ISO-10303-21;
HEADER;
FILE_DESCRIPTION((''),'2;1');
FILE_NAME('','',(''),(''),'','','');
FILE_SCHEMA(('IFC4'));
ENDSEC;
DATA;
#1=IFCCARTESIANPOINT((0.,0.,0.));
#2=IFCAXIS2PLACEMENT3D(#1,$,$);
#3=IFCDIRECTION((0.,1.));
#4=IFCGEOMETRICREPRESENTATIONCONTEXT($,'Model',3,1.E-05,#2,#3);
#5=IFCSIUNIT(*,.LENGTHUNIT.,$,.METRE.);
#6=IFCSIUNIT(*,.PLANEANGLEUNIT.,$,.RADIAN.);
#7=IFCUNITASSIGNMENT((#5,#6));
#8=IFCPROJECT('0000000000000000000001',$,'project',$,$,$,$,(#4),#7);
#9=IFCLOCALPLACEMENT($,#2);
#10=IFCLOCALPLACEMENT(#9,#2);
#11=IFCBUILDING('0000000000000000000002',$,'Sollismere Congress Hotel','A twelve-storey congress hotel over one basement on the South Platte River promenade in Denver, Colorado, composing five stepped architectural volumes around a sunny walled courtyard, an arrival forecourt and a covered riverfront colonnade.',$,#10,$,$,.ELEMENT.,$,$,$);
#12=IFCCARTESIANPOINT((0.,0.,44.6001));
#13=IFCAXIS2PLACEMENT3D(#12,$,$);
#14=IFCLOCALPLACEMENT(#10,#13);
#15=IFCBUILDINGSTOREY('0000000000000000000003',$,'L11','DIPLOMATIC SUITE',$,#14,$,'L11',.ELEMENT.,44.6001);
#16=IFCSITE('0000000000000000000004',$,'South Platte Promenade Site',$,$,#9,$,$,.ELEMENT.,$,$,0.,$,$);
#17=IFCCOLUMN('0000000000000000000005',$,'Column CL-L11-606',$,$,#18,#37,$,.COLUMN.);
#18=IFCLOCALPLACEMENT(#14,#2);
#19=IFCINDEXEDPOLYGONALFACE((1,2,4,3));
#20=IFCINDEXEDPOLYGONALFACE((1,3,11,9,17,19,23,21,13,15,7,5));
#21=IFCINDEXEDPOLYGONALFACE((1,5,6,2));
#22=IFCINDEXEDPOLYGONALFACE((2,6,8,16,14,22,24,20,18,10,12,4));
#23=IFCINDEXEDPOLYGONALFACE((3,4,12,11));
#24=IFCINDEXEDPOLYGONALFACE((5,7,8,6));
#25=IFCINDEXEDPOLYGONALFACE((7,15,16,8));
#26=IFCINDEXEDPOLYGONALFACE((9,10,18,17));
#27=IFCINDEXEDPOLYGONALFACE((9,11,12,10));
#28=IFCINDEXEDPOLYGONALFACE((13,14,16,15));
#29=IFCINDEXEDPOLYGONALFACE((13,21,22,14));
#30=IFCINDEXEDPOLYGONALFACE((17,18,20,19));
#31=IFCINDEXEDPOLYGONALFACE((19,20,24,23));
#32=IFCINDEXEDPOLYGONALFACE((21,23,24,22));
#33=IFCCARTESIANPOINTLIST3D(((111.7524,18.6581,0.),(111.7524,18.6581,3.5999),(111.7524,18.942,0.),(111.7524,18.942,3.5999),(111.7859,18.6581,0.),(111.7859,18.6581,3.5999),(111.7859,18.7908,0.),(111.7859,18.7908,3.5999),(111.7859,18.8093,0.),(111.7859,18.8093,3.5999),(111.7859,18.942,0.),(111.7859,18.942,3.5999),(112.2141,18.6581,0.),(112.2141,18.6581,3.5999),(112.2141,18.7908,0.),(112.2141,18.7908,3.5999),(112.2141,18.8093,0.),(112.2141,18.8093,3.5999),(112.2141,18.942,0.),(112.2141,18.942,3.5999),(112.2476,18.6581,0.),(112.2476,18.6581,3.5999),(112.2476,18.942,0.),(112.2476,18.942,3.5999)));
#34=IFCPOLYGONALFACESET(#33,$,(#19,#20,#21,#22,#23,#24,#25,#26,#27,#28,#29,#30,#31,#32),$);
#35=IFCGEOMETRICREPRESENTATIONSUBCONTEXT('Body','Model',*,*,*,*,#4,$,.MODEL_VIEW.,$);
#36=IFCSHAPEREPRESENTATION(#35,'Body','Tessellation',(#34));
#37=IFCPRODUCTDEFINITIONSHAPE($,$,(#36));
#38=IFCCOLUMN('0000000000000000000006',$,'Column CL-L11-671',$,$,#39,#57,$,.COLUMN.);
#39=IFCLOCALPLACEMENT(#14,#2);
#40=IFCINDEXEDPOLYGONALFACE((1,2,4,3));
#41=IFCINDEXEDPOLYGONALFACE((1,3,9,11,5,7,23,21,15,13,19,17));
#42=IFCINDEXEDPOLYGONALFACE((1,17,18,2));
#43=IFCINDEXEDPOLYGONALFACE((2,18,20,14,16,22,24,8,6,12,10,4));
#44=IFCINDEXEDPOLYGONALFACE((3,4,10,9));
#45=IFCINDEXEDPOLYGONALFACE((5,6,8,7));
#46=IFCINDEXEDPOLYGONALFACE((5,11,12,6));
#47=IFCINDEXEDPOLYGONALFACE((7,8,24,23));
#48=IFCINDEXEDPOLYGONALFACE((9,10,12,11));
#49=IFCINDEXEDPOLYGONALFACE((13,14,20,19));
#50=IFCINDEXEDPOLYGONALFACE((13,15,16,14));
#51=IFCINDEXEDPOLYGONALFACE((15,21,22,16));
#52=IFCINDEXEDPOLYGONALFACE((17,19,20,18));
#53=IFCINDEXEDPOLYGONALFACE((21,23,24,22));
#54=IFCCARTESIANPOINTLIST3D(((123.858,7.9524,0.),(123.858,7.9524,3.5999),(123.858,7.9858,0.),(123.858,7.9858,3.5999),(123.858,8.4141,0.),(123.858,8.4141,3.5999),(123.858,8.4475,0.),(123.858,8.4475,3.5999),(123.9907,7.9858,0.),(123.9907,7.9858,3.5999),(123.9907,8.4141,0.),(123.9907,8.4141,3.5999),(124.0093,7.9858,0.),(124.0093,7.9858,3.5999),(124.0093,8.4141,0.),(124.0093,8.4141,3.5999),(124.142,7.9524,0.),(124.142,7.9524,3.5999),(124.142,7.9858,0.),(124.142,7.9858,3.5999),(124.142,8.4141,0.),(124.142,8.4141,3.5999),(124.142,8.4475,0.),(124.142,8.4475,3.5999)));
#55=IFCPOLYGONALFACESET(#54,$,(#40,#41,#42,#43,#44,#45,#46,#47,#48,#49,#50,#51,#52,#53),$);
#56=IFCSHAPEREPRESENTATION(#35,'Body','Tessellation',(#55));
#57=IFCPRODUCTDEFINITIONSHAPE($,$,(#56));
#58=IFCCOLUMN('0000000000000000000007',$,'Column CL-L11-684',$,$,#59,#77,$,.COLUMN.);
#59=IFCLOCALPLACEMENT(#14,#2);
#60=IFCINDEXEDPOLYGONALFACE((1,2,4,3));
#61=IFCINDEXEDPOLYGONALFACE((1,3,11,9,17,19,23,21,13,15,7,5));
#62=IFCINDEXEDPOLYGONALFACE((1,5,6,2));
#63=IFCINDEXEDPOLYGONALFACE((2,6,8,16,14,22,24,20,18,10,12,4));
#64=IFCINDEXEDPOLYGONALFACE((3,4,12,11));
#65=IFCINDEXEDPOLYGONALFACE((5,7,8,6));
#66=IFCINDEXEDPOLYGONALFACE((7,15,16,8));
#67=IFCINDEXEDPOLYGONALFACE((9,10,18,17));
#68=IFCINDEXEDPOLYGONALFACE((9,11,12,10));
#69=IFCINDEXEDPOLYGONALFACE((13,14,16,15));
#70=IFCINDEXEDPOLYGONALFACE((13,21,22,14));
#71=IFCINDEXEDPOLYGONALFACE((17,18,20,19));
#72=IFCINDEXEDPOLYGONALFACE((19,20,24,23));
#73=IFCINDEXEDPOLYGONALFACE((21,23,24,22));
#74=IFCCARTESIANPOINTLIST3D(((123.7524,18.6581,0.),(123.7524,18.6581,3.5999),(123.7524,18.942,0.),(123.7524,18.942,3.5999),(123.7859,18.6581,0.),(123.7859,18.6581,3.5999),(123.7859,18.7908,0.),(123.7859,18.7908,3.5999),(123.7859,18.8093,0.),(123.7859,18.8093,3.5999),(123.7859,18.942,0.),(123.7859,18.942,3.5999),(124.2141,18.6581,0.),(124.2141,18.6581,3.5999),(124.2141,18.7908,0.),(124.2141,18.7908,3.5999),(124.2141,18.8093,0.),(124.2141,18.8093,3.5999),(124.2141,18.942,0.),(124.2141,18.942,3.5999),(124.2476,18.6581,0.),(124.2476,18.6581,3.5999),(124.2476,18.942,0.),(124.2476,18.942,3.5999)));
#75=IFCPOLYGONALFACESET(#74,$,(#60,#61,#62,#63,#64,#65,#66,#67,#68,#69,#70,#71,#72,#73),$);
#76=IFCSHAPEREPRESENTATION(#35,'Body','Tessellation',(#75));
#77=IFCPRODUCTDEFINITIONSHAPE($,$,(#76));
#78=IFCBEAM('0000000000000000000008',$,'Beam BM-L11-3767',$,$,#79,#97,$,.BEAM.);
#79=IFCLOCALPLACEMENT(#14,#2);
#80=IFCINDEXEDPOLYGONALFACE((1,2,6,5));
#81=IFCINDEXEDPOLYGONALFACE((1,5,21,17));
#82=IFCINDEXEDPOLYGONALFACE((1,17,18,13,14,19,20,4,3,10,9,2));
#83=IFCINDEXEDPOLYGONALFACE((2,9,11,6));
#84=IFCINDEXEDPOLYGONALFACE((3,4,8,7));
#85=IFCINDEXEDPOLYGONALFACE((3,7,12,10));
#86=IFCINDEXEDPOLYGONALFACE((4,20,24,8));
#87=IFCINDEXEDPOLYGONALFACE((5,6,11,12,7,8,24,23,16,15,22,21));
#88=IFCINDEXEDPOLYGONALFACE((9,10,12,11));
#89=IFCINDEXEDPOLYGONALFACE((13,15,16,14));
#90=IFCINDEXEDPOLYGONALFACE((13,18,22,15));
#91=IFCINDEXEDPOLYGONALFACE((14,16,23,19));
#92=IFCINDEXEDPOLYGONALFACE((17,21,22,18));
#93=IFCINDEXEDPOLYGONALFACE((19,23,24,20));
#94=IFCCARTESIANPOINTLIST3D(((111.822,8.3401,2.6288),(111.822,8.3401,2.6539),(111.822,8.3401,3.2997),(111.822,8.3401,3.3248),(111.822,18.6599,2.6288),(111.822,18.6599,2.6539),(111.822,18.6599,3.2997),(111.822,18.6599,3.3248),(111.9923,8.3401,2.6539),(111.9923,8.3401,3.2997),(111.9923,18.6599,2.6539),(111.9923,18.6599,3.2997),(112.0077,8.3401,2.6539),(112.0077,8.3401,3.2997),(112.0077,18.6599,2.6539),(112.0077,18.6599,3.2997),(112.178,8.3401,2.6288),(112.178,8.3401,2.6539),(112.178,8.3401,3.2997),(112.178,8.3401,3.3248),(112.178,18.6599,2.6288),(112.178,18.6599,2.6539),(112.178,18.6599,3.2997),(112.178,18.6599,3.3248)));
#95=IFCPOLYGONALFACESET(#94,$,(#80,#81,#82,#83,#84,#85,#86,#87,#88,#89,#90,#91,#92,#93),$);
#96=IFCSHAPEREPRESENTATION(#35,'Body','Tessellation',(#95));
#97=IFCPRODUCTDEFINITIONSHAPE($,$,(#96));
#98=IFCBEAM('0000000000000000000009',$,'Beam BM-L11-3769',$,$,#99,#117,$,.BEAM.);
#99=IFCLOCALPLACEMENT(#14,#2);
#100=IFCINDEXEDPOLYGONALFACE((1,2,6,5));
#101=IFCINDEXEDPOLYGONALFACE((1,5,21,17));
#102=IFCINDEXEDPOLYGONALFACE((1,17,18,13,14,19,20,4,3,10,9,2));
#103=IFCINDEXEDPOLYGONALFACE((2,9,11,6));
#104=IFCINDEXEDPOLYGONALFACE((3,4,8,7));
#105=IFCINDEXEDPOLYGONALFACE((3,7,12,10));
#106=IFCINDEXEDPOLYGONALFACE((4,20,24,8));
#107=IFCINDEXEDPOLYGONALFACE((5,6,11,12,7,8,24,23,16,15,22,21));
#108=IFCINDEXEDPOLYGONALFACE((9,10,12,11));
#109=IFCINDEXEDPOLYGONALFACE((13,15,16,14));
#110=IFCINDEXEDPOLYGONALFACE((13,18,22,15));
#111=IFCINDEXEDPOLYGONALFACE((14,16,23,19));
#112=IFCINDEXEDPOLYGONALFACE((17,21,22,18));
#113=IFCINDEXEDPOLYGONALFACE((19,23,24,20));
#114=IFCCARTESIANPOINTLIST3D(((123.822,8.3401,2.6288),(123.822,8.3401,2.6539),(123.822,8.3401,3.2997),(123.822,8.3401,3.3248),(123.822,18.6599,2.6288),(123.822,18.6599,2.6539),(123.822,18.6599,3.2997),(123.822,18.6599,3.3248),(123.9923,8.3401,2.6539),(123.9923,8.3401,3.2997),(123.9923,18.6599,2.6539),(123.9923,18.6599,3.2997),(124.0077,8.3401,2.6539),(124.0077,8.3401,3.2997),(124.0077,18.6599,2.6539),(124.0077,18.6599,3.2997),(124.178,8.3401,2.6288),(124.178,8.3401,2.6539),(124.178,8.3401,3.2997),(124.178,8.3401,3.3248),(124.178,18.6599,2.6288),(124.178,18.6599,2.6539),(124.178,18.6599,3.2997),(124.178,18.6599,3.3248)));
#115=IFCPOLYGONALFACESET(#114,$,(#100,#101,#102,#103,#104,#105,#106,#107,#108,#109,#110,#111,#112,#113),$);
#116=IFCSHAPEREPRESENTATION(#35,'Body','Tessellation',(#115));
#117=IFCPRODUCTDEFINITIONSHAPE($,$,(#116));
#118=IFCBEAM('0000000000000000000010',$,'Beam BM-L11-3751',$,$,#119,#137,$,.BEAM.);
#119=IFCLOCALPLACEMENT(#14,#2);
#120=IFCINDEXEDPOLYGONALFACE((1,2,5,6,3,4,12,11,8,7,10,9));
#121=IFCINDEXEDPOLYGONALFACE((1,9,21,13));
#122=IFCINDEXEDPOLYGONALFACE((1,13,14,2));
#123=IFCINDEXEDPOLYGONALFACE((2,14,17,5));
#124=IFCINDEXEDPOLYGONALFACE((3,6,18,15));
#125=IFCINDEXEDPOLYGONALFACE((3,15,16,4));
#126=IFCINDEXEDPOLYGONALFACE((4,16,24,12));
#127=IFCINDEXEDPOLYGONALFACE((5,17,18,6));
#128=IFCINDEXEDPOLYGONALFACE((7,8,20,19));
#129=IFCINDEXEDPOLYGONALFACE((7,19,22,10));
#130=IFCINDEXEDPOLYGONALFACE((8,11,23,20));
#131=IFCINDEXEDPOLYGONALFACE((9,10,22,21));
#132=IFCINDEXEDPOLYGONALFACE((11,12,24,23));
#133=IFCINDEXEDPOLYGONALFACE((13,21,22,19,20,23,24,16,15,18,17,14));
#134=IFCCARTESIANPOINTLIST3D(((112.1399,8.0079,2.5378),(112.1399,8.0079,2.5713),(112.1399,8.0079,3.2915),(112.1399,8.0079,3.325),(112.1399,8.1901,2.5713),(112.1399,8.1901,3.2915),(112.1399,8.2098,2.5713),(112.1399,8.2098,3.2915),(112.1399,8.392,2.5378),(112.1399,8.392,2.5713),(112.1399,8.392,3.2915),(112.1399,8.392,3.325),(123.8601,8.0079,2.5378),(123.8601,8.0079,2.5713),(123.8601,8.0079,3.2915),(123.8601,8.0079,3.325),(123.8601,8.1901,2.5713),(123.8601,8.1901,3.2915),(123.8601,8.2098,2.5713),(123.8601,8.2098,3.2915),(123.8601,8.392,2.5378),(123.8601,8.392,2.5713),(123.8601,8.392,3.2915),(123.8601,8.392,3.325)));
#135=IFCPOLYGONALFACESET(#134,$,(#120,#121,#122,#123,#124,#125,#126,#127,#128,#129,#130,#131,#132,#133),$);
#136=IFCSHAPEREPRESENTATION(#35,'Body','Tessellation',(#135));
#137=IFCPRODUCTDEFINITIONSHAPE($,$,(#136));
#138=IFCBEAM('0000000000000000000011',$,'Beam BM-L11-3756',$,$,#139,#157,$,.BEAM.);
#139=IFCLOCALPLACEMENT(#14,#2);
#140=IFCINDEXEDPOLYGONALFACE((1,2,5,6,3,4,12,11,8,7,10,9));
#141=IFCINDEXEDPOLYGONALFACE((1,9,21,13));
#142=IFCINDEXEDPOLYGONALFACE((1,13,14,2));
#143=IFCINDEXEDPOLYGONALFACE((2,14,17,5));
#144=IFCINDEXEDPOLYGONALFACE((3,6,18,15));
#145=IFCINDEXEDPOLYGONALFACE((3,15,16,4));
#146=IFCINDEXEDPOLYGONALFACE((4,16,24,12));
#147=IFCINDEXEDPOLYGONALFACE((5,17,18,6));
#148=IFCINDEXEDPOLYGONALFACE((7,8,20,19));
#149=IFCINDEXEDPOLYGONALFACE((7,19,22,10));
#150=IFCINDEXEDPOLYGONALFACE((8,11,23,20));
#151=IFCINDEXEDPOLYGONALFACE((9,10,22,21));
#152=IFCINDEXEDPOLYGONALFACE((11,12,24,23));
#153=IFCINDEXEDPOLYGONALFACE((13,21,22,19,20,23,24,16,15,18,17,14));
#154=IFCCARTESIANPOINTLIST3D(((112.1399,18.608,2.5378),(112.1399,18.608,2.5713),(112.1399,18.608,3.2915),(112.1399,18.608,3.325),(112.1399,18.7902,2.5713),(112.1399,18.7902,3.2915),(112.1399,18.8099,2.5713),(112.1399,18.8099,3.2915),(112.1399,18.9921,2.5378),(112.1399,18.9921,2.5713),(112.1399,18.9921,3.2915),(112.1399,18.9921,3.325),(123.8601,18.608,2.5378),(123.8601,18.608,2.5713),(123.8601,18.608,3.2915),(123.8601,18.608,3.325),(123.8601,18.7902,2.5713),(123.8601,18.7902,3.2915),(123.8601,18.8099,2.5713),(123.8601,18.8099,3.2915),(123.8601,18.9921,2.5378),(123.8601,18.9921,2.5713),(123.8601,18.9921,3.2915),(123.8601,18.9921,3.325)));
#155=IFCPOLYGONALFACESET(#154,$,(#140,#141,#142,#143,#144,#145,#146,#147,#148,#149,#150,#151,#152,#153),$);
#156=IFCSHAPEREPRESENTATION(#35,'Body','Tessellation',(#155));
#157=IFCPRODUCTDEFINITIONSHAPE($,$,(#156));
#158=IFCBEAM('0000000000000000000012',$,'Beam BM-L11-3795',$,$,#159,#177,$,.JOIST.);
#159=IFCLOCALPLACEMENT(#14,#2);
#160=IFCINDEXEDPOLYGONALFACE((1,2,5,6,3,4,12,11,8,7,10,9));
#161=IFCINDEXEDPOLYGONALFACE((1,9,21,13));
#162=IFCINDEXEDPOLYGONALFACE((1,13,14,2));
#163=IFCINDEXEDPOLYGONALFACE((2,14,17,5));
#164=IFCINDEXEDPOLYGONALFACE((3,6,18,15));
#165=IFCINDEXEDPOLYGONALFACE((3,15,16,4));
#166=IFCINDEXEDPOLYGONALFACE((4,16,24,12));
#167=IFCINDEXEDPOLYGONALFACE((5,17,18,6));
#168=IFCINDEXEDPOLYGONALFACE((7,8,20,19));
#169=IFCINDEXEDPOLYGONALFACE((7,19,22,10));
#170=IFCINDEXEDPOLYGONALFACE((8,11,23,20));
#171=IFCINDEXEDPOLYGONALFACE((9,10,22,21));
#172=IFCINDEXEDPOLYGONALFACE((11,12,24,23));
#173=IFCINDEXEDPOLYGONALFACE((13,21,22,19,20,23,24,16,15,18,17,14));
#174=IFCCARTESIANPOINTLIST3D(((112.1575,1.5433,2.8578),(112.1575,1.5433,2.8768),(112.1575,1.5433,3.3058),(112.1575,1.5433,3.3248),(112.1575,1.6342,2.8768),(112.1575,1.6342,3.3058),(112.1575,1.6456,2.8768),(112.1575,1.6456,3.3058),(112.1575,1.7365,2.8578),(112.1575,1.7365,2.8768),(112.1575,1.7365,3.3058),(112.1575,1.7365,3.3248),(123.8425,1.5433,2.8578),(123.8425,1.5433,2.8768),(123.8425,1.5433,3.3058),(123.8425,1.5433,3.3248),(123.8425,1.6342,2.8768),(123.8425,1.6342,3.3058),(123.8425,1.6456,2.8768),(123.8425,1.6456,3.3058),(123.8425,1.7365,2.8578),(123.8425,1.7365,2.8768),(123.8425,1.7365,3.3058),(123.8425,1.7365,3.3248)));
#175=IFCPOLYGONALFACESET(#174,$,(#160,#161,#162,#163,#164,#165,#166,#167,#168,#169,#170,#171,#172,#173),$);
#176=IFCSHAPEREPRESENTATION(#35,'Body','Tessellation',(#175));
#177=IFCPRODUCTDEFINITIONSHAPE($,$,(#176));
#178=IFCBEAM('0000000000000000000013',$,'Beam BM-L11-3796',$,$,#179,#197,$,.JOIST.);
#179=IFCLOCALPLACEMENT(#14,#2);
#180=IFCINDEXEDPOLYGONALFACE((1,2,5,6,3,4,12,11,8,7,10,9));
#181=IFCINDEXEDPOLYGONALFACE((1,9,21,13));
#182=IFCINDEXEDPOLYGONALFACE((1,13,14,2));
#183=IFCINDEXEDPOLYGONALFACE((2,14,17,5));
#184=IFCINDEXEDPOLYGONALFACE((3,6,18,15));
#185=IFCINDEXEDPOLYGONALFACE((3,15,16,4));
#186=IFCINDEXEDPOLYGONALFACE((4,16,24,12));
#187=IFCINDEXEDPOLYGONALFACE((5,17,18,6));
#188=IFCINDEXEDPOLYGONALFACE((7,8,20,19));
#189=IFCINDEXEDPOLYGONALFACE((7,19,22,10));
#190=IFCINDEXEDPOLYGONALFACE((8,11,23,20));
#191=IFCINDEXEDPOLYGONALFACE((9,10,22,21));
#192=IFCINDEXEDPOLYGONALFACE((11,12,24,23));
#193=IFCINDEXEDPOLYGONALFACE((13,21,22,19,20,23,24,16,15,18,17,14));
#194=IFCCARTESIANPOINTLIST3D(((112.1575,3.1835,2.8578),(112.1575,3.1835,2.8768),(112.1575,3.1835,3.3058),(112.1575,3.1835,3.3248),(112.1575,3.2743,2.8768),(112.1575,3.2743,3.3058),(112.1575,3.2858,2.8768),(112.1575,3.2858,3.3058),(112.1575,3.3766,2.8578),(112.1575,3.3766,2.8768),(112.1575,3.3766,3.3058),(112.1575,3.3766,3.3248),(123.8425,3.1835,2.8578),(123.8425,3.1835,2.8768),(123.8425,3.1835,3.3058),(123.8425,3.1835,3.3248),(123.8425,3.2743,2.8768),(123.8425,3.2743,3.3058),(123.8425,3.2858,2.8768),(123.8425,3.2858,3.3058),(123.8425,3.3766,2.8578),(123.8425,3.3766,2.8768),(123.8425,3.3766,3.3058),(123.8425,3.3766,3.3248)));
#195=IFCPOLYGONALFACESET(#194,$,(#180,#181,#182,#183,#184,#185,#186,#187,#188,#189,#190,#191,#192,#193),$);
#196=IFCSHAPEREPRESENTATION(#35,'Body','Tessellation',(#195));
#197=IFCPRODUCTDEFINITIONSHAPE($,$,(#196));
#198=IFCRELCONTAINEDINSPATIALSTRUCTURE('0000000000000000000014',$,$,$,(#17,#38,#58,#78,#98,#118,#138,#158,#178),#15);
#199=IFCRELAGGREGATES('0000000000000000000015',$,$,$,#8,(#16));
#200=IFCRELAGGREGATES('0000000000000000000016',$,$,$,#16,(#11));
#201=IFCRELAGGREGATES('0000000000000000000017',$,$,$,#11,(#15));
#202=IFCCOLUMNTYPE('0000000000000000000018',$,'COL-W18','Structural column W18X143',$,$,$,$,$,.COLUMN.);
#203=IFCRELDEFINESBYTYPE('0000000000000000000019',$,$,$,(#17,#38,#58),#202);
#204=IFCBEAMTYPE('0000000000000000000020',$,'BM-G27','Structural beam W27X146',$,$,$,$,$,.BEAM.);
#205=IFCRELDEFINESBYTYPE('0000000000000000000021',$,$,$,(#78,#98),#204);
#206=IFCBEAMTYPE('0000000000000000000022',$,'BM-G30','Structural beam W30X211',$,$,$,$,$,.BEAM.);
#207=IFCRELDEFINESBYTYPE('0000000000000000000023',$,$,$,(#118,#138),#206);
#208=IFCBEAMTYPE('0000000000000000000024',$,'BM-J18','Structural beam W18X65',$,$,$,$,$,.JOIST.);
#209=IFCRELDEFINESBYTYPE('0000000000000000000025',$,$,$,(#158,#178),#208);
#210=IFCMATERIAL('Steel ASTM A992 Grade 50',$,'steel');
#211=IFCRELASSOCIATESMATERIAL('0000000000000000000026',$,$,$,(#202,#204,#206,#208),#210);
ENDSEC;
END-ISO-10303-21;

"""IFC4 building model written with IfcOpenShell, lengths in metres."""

from ifc_helpers import new_model, si_unit, direction, frame, origin, origin_2d, place, context, subcontext, project, spatial, i_section, extrude, material, material_profile, profile_set, type_object, element, save


model = new_model("IFC4")

# Units and contexts
model_context = context("Model", 3, precision=1e-05, world=origin(), true_north=direction((0.0, 1.0)))
body_context = subcontext(model_context, "Body", "Model", "MODEL_VIEW")
ifc_project = project(units=[si_unit("LENGTHUNIT", "METRE"), si_unit("PLANEANGLEUNIT", "RADIAN")], contexts=[model_context])

# Site, building, storey
site_placement = place(None, origin())
site = spatial("IfcSite", under=ifc_project, at=site_placement, Name="South Platte Promenade Site", CompositionType="ELEMENT", RefElevation=0.0)
building_placement = place(site_placement, origin())
building = spatial("IfcBuilding", under=site, at=building_placement, Name="Sollismere Congress Hotel", Description="A twelve-storey congress hotel over one basement on the South Platte River promenade in Denver, Colorado, composing five stepped architectural volumes around a sunny walled courtyard, an arrival forecourt and a covered riverfront colonnade.", CompositionType="ELEMENT")
storey_placement = place(building_placement, frame((0.0, 0.0, 44.6001)))
storey = spatial("IfcBuildingStorey", under=building, at=storey_placement, Name="L11", Description="DIPLOMATIC SUITE", LongName="L11", CompositionType="ELEMENT", Elevation=44.6001)

# Columns
ifc_material_1 = material(Name="Steel ASTM A992 Grade 50", Category="steel")
ifc_material_profile_1 = material_profile(ifc_material_1, i_section(OverallWidth=0.2839, OverallDepth=0.4951, WebThickness=0.0186, FlangeThickness=0.0334, at=origin_2d()), Name="W18X143")
ifc_profile_set_1 = profile_set([ifc_material_profile_1], Name="Steel ASTM A992 Grade 50")
column_type = type_object("IfcColumnType", Name="COL-W18", Description="Structural column W18X143", PredefinedType="COLUMN", material=ifc_profile_set_1)
for number, where, z_axis, x_axis, name in (
    (1, (112.0, 18.8, 0.0), (0.0, 0.0, 1.0), (0.0, 1.0, 0.0), "Column CL-L11-606"),
    (2, (124.0, 8.2, 0.0), (0.0, 0.0, 1.0), (1.0, 0.0, 0.0), "Column CL-L11-671"),
    (3, (124.0, 18.8, 0.0), (0.0, 0.0, 1.0), (0.0, 1.0, 0.0), "Column CL-L11-684"),
):
    element("IfcColumn", number, at=place(storey_placement, frame(where, z_axis=z_axis, x_axis=x_axis)), inside=storey, type_object=column_type, Name=name, PredefinedType="COLUMN", context=body_context, shape_type="SweptSolid", body=[
        extrude(i_section(OverallWidth=0.2839, OverallDepth=0.4951, WebThickness=0.0186, FlangeThickness=0.0334, at=origin_2d()), origin(), (0.0, 0.0, 1.0), 3.5999),
    ])

# Beams
ifc_material_profile_2 = material_profile(ifc_material_1, i_section(OverallWidth=0.356, OverallDepth=0.696, WebThickness=0.0154, FlangeThickness=0.0251, at=origin_2d()), Name="W27X146")
ifc_profile_set_2 = profile_set([ifc_material_profile_2], Name="Steel ASTM A992 Grade 50")
beam_type_1 = type_object("IfcBeamType", Name="BM-G27", Description="Structural beam W27X146", PredefinedType="BEAM", material=ifc_profile_set_2)
for number, where, z_axis, x_axis, name in (
    (4, (112.0, 8.3401, 2.9768), (0.0, 1.0, 0.0), (-1.0, 0.0, 0.0), "Beam BM-L11-3767"),
    (5, (124.0, 8.3401, 2.9768), (0.0, 1.0, 0.0), (-1.0, 0.0, 0.0), "Beam BM-L11-3769"),
):
    element("IfcBeam", number, at=place(storey_placement, frame(where, z_axis=z_axis, x_axis=x_axis)), inside=storey, type_object=beam_type_1, Name=name, PredefinedType="BEAM", context=body_context, shape_type="SweptSolid", body=[
        extrude(i_section(OverallWidth=0.356, OverallDepth=0.696, WebThickness=0.0154, FlangeThickness=0.0251, at=origin_2d()), origin(), (0.0, 0.0, 1.0), 10.3198),
    ])
ifc_material_profile_3 = material_profile(ifc_material_1, i_section(OverallWidth=0.384, OverallDepth=0.7871, WebThickness=0.0198, FlangeThickness=0.0334, at=origin_2d()), Name="W30X211")
ifc_profile_set_3 = profile_set([ifc_material_profile_3], Name="Steel ASTM A992 Grade 50")
beam_type_2 = type_object("IfcBeamType", Name="BM-G30", Description="Structural beam W30X211", PredefinedType="BEAM", material=ifc_profile_set_3)
for number, where, z_axis, x_axis, name in (
    (6, (112.1399, 8.2, 2.9314), (1.0, 0.0, 0.0), (0.0, 1.0, 0.0), "Beam BM-L11-3751"),
    (7, (112.1399, 18.8, 2.9314), (1.0, 0.0, 0.0), (0.0, 1.0, 0.0), "Beam BM-L11-3756"),
):
    element("IfcBeam", number, at=place(storey_placement, frame(where, z_axis=z_axis, x_axis=x_axis)), inside=storey, type_object=beam_type_2, Name=name, PredefinedType="BEAM", context=body_context, shape_type="SweptSolid", body=[
        extrude(i_section(OverallWidth=0.384, OverallDepth=0.7871, WebThickness=0.0198, FlangeThickness=0.0334, at=origin_2d()), origin(), (0.0, 0.0, 1.0), 11.7202),
    ])
ifc_material_profile_4 = material_profile(ifc_material_1, i_section(OverallWidth=0.1931, OverallDepth=0.467, WebThickness=0.0115, FlangeThickness=0.019, at=origin_2d()), Name="W18X65")
ifc_profile_set_4 = profile_set([ifc_material_profile_4], Name="Steel ASTM A992 Grade 50")
beam_type_3 = type_object("IfcBeamType", Name="BM-J18", Description="Structural beam W18X65", PredefinedType="JOIST", material=ifc_profile_set_4)
for number, where, z_axis, x_axis, name in (
    (8, (112.1575, 1.6399, 3.0913), (1.0, 0.0, 0.0), (0.0, 1.0, 0.0), "Beam BM-L11-3795"),
    (9, (112.1575, 3.28, 3.0913), (1.0, 0.0, 0.0), (0.0, 1.0, 0.0), "Beam BM-L11-3796"),
):
    element("IfcBeam", number, at=place(storey_placement, frame(where, z_axis=z_axis, x_axis=x_axis)), inside=storey, type_object=beam_type_3, Name=name, PredefinedType="JOIST", context=body_context, shape_type="SweptSolid", body=[
        extrude(i_section(OverallWidth=0.1931, OverallDepth=0.467, WebThickness=0.0115, FlangeThickness=0.019, at=origin_2d()), origin(), (0.0, 0.0, 1.0), 11.6851),
    ])

save(model, "model.ifc")
